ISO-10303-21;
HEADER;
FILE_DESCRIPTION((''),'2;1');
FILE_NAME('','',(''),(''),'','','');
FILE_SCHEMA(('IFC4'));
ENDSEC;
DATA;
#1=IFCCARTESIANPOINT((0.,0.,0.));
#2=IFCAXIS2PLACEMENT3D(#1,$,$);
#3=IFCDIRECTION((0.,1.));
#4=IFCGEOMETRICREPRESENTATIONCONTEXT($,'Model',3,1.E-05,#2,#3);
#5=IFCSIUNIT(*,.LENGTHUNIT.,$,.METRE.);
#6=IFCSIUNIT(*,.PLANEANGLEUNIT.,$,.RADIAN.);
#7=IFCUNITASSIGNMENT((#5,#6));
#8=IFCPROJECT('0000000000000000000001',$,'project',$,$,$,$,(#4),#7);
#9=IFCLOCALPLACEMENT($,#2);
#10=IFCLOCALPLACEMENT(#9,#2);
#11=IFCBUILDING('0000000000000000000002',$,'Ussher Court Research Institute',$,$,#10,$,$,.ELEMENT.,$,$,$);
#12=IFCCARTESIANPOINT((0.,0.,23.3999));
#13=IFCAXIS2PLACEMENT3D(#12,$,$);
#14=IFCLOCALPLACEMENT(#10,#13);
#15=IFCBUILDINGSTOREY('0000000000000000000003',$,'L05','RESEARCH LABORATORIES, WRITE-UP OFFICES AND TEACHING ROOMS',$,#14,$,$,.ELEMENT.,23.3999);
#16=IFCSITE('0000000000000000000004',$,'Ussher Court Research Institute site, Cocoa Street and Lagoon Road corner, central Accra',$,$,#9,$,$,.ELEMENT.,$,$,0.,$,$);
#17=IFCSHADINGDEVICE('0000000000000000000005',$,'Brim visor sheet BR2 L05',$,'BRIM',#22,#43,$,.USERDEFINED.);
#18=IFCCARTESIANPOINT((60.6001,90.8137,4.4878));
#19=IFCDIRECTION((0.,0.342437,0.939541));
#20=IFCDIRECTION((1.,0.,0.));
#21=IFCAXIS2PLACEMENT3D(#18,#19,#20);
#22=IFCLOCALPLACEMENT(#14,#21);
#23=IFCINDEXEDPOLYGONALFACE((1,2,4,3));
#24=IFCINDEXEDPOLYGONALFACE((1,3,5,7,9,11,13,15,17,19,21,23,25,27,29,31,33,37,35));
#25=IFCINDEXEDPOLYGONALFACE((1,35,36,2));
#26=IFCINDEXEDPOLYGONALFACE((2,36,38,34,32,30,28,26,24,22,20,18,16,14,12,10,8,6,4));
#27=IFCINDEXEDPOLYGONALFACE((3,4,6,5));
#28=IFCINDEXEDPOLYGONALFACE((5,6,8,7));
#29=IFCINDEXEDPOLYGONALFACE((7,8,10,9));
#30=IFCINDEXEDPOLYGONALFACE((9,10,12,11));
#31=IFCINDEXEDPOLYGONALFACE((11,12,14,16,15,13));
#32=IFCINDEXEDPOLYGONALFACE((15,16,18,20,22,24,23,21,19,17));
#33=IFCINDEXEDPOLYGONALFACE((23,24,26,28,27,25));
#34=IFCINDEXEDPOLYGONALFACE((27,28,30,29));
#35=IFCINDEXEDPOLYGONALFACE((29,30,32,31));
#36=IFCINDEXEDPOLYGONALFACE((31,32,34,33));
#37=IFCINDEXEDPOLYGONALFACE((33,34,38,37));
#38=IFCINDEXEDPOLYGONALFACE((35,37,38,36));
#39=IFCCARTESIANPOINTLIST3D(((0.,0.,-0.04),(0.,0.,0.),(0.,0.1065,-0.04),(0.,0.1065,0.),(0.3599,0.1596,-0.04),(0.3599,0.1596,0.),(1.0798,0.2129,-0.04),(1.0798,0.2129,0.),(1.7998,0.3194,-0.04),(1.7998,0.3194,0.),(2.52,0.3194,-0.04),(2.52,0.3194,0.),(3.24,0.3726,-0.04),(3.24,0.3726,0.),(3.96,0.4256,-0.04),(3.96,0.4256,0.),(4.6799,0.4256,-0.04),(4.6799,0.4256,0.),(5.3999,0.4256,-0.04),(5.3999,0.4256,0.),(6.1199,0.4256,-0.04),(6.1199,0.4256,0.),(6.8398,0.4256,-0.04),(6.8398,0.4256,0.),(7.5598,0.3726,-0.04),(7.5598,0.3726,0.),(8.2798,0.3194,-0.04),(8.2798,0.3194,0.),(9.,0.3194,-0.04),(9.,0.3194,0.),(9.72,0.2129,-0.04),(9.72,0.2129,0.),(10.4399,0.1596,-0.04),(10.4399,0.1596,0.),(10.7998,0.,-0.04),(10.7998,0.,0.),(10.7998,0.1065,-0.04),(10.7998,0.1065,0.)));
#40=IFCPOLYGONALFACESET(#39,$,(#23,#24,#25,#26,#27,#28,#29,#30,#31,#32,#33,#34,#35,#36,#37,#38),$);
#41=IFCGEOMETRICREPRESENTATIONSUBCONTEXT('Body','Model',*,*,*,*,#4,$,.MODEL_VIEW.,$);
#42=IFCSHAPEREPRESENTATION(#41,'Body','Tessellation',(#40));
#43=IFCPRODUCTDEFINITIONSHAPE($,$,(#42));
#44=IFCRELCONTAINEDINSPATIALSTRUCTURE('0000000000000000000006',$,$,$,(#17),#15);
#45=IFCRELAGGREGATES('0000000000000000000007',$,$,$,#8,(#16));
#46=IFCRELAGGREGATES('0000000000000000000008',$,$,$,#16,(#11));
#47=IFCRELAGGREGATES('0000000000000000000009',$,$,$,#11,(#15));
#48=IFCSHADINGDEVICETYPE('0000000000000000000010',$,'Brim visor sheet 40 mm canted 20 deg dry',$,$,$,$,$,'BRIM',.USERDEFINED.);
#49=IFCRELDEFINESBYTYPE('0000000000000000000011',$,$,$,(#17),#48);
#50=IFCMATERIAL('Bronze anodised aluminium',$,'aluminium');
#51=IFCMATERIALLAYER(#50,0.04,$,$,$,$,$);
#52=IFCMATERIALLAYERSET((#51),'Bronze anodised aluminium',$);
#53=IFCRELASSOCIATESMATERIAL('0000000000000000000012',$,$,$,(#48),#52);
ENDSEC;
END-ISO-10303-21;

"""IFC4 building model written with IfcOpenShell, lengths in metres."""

from ifc_helpers import new_model, si_unit, direction, frame, origin, place, context, subcontext, project, spatial, polyline, outline, extrude, material, layer, layer_set, type_object, element, save


model = new_model("IFC4")

# Units and contexts
model_context = context("Model", 3, precision=1e-05, world=origin(), true_north=direction((0.0, 1.0)))
body_context = subcontext(model_context, "Body", "Model", "MODEL_VIEW")
ifc_project = project(units=[si_unit("LENGTHUNIT", "METRE"), si_unit("PLANEANGLEUNIT", "RADIAN")], contexts=[model_context])

# Site, building, storey
site_placement = place(None, origin())
site = spatial("IfcSite", under=ifc_project, at=site_placement, Name="Ussher Court Research Institute site, Cocoa Street and Lagoon Road corner, central Accra", CompositionType="ELEMENT", RefElevation=0.0)
building_placement = place(site_placement, origin())
building = spatial("IfcBuilding", under=site, at=building_placement, Name="Ussher Court Research Institute", CompositionType="ELEMENT")
storey_placement = place(building_placement, frame((0.0, 0.0, 23.3999)))
storey = spatial("IfcBuildingStorey", under=building, at=storey_placement, Name="L05", Description="RESEARCH LABORATORIES, WRITE-UP OFFICES AND TEACHING ROOMS", CompositionType="ELEMENT", Elevation=23.3999)

# Shading device
ifc_material_1 = material(Name="Bronze anodised aluminium", Category="aluminium")
ifc_layer_1 = layer(ifc_material_1, 0.04)
ifc_layer_set_1 = layer_set([ifc_layer_1], Name="Bronze anodised aluminium")
shading_device_type_1 = type_object("IfcShadingDeviceType", Name="Brim visor sheet 40 mm canted 20 deg dry", ElementType="BRIM", PredefinedType="USERDEFINED", material=ifc_layer_set_1)
shading_device_1_placement = place(storey_placement, frame((60.6001, 90.8137, 4.4878), z_axis=(0.0, 0.342437, 0.939541), x_axis=(1.0, 0.0, 0.0)))
element("IfcShadingDevice", 1, at=shading_device_1_placement, inside=storey, type_object=shading_device_type_1, Name="Brim visor sheet BR2 L05", ObjectType="BRIM", PredefinedType="USERDEFINED", context=body_context, shape_type="SweptSolid", body=[
    extrude(outline(polyline([(0.0, 0.0), (10.7998, 0.0), (10.7998, 0.1065), (10.4399, 0.1596), (9.72, 0.2129), (9.0, 0.3194), (8.2798, 0.3194), (7.5598, 0.3726), (6.8398, 0.4256), (6.1199, 0.4256), (5.3999, 0.4256), (4.6799, 0.4256), (3.96, 0.4256), (3.24, 0.3726), (2.52, 0.3194), (1.7998, 0.3194), (1.0798, 0.2129), (0.3599, 0.1596), (0.0, 0.1065), (0.0, 0.0)])), origin(), (0.0, 0.0, -1.0), 0.04),
])

save(model, "model.ifc")
